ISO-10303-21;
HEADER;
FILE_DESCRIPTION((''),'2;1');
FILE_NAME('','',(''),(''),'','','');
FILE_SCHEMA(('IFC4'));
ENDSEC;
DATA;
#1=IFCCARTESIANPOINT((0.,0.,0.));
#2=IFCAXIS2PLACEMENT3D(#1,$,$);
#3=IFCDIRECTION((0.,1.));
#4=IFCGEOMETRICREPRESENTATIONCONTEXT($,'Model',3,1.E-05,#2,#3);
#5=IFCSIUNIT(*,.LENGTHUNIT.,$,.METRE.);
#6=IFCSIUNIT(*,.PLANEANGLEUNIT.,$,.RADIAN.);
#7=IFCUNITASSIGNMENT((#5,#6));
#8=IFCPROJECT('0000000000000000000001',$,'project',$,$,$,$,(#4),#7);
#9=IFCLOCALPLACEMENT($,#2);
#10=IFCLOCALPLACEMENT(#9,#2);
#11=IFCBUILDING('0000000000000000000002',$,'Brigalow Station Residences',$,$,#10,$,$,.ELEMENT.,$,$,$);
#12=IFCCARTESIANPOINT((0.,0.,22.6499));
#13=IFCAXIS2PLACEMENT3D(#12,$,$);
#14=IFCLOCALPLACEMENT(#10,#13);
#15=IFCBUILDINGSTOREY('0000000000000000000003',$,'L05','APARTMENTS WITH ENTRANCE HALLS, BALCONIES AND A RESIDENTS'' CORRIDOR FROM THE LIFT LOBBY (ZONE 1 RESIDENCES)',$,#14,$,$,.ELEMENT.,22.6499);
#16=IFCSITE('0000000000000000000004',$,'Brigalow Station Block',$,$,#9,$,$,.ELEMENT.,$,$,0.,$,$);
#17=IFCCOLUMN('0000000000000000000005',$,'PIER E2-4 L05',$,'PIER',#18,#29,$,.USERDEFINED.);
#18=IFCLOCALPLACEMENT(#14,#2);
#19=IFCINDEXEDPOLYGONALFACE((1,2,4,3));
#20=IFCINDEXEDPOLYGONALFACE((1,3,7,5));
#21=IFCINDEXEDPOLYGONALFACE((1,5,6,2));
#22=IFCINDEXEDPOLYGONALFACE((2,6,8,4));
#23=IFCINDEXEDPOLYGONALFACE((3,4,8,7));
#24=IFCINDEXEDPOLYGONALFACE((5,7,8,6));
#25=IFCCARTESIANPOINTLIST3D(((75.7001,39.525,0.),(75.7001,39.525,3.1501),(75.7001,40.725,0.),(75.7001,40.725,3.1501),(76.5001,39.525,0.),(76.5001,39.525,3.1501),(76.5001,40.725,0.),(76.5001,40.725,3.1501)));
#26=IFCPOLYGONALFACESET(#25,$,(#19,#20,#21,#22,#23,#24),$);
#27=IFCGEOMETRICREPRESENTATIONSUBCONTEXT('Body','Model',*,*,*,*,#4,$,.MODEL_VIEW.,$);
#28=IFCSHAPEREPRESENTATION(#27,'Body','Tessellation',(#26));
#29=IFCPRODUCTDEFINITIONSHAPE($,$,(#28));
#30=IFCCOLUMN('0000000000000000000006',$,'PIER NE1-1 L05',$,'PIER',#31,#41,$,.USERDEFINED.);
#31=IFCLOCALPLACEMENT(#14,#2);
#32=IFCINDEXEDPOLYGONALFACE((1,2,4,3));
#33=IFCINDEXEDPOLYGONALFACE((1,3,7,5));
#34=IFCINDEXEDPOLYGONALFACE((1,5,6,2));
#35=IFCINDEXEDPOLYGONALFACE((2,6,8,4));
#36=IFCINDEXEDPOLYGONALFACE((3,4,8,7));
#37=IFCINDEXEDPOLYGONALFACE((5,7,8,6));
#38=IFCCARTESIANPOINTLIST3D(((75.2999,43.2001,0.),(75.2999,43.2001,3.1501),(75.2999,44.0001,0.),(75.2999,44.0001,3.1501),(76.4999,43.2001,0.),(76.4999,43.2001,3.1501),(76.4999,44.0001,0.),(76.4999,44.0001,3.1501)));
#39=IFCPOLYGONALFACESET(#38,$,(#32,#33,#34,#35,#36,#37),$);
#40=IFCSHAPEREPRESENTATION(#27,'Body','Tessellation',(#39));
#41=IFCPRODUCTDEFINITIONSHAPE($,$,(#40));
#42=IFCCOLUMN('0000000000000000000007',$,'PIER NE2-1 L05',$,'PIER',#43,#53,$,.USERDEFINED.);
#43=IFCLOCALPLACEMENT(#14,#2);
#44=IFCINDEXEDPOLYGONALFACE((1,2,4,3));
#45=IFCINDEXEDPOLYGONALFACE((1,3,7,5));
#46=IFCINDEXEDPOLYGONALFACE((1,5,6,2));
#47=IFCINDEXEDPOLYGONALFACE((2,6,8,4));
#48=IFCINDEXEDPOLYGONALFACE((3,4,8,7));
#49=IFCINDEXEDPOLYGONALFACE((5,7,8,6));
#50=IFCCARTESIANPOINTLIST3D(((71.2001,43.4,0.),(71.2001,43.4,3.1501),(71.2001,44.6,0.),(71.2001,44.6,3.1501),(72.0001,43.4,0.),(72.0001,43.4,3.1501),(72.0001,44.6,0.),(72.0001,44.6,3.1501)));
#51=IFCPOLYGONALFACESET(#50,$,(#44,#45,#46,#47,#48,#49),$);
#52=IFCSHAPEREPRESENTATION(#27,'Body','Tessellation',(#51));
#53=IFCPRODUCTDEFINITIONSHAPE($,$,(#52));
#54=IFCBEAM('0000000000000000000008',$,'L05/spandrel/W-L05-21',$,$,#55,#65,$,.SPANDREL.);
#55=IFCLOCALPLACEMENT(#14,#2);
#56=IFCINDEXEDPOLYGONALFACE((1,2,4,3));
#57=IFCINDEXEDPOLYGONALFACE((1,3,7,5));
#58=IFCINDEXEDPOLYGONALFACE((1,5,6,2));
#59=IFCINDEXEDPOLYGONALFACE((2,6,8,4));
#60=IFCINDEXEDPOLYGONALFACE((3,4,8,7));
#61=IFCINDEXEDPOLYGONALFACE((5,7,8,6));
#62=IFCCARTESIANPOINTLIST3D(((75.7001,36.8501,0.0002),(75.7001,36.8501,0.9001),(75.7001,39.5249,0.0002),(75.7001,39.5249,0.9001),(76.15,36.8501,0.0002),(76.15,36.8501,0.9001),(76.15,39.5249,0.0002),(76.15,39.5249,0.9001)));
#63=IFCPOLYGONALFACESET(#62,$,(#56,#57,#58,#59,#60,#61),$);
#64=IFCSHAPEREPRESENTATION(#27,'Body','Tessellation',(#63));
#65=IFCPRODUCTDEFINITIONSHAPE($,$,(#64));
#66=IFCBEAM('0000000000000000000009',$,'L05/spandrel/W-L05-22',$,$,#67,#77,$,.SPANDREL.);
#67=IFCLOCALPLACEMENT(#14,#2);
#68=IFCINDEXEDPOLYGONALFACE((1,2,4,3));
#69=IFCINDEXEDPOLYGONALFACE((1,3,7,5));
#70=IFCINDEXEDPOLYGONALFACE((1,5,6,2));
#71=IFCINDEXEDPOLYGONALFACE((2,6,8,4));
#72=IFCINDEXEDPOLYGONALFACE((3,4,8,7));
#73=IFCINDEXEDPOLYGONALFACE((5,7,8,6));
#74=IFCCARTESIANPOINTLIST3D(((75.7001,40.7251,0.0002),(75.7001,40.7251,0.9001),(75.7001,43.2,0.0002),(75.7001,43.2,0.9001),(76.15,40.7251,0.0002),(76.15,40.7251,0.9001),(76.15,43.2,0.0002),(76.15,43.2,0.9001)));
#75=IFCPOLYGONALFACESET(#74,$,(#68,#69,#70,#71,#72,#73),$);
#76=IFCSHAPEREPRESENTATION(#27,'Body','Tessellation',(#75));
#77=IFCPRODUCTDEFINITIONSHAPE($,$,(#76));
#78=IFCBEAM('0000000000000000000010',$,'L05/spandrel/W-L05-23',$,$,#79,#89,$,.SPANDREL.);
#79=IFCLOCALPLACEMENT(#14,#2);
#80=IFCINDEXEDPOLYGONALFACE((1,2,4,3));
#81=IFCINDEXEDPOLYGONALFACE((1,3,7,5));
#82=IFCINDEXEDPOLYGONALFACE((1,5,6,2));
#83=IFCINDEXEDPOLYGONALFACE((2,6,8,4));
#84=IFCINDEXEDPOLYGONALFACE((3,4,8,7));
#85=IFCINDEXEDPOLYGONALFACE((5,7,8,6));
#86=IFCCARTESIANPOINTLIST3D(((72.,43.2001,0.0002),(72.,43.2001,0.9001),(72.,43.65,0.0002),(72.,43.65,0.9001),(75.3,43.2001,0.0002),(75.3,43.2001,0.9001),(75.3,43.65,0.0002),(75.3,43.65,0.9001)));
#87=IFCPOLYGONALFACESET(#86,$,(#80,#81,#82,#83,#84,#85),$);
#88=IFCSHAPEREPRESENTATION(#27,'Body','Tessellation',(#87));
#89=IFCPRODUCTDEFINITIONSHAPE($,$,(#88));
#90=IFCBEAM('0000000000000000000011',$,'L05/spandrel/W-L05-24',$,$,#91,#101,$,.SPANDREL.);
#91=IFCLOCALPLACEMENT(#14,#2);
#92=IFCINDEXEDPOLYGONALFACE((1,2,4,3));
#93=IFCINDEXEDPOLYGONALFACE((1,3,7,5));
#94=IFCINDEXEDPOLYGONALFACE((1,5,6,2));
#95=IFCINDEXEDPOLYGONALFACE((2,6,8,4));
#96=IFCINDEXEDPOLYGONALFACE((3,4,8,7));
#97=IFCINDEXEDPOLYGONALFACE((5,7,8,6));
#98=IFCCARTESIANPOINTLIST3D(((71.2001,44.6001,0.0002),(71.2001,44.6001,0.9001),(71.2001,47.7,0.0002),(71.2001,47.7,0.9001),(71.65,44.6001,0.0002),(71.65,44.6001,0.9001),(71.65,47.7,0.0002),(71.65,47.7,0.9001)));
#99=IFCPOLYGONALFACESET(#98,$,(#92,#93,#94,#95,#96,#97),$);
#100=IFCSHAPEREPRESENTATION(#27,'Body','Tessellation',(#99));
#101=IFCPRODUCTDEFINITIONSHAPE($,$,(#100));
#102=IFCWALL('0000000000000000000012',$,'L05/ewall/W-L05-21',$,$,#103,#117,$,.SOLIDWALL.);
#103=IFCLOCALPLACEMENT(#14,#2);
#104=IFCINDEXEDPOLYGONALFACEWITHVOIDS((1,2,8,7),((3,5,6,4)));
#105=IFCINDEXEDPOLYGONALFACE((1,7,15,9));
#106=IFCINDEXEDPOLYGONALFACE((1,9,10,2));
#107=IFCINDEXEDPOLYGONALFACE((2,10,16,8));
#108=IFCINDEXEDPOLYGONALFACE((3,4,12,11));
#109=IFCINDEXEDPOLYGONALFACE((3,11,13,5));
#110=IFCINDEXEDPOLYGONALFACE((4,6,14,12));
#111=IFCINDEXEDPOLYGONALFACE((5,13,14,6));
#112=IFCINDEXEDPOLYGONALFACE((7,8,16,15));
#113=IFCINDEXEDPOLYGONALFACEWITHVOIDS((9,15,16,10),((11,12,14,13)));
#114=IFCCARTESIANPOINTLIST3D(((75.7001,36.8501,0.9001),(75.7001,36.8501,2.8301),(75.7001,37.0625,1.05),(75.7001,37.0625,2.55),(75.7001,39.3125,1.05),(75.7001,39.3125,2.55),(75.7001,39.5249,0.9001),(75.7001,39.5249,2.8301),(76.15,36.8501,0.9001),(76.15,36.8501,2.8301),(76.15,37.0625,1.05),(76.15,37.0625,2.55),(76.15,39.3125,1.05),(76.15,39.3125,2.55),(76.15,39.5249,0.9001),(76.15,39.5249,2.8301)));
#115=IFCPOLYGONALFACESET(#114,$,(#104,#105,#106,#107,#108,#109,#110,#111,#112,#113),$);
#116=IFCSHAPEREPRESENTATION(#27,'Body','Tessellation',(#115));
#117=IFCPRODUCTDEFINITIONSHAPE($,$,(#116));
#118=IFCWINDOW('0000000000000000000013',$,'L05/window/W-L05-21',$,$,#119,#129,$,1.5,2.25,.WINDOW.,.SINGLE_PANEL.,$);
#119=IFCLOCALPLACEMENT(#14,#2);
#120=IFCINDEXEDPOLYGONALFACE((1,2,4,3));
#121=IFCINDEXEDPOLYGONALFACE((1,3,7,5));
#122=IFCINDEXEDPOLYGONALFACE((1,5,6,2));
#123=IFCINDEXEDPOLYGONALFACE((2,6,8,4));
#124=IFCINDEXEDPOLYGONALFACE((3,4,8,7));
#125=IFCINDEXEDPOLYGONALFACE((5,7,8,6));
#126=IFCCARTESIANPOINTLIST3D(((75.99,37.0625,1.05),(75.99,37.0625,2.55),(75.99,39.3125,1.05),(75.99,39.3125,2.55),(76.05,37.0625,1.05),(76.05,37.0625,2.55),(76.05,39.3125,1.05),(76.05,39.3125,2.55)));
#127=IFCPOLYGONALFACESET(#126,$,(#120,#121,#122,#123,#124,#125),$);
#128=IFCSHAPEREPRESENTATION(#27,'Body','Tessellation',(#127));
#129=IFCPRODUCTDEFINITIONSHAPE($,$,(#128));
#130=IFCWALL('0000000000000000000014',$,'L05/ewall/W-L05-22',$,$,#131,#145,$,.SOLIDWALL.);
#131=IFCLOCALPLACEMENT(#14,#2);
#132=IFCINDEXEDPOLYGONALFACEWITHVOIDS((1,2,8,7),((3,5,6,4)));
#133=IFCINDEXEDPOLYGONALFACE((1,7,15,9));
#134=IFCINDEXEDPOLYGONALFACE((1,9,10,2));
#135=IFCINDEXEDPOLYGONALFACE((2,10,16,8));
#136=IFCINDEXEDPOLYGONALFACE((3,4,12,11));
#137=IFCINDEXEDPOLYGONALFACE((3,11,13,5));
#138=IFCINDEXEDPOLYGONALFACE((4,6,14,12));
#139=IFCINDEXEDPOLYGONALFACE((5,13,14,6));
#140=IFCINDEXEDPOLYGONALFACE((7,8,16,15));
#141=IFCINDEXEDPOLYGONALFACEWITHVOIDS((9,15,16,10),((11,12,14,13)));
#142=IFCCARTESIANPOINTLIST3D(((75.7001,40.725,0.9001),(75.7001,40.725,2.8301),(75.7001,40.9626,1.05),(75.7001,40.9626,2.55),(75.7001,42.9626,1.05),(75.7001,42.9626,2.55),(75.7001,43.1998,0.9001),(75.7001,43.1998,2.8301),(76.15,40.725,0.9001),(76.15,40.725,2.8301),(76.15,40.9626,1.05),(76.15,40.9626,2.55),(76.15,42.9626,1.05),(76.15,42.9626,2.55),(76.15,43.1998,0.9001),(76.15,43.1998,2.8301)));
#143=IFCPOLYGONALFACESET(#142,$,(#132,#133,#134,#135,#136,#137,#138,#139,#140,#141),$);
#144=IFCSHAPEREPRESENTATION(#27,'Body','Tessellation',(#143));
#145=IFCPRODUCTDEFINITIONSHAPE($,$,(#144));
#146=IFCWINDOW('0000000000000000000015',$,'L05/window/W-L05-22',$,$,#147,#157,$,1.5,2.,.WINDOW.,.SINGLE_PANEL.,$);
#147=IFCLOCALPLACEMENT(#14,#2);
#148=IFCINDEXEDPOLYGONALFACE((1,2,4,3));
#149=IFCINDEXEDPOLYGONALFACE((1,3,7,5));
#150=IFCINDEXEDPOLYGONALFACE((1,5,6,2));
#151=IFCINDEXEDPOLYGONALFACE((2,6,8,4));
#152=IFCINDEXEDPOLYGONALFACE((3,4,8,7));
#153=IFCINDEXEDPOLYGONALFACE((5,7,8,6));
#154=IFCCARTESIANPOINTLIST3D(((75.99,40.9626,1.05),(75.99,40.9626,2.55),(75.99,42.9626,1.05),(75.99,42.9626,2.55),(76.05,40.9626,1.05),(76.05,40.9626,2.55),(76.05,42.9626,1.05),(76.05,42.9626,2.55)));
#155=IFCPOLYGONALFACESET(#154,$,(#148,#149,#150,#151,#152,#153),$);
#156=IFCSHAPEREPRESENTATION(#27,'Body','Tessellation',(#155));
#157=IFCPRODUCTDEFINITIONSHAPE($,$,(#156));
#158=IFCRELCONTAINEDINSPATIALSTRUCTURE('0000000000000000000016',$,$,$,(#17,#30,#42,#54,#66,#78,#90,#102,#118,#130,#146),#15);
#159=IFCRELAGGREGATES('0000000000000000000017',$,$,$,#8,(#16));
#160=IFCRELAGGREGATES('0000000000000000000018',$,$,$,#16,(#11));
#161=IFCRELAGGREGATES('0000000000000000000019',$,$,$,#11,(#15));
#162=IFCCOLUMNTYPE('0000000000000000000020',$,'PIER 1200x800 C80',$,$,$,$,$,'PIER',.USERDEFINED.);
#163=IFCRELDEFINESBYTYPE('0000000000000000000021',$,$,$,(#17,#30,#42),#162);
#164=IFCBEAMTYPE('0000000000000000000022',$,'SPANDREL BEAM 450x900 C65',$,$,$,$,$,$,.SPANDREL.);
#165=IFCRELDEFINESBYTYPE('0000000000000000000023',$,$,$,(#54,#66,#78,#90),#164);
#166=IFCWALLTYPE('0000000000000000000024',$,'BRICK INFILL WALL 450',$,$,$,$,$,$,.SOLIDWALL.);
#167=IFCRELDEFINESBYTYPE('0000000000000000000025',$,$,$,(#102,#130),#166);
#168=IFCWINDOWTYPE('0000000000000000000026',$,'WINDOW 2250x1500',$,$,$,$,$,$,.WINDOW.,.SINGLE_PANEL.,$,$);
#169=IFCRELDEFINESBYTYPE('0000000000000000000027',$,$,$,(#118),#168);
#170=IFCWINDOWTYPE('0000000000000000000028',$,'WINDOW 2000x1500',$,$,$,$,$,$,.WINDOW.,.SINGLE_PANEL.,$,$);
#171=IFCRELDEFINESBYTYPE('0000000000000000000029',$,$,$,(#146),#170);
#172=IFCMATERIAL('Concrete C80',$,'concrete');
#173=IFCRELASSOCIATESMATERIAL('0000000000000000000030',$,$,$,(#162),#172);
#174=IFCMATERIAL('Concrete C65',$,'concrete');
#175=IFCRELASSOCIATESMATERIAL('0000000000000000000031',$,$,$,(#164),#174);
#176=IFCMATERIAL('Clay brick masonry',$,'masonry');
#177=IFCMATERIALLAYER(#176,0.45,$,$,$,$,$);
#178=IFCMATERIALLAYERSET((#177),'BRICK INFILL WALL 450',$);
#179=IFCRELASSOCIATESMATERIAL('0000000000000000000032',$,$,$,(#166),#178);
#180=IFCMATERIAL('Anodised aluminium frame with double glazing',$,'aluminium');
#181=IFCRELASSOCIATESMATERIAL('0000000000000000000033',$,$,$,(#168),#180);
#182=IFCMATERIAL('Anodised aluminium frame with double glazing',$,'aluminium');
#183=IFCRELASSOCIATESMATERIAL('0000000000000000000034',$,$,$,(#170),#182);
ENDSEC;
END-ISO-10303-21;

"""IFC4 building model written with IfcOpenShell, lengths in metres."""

from ifc_helpers import new_model, si_unit, direction, frame, frame_2d, origin, origin_2d, place, context, subcontext, project, spatial, rectangle, extrude, material, layer, layer_set, material_profile, profile_set, type_object, element, fill, save


model = new_model("IFC4")

# Units and contexts
model_context = context("Model", 3, precision=1e-05, world=origin(), true_north=direction((0.0, 1.0)))
body_context = subcontext(model_context, "Body", "Model", "MODEL_VIEW")
ifc_project = project(units=[si_unit("LENGTHUNIT", "METRE"), si_unit("PLANEANGLEUNIT", "RADIAN")], contexts=[model_context])

# Site, building, storey
site_placement = place(None, origin())
site = spatial("IfcSite", under=ifc_project, at=site_placement, Name="Brigalow Station Block", CompositionType="ELEMENT", RefElevation=0.0)
building_placement = place(site_placement, origin())
building = spatial("IfcBuilding", under=site, at=building_placement, Name="Brigalow Station Residences", CompositionType="ELEMENT")
storey_placement = place(building_placement, frame((0.0, 0.0, 22.6499)))
storey = spatial("IfcBuildingStorey", under=building, at=storey_placement, Name="L05", Description="APARTMENTS WITH ENTRANCE HALLS, BALCONIES AND A RESIDENTS' CORRIDOR FROM THE LIFT LOBBY (ZONE 1 RESIDENCES)", CompositionType="ELEMENT", Elevation=22.6499)

# Columns
ifc_material_1 = material(Name="Concrete C80", Category="concrete")
ifc_material_profile_1 = material_profile(ifc_material_1, rectangle(XDim=1.2, YDim=0.8, at=origin_2d()), Name="RC1200x800")
ifc_profile_set_1 = profile_set([ifc_material_profile_1], Name="Concrete C80")
column_type = type_object("IfcColumnType", Name="PIER 1200x800 C80", ElementType="PIER", PredefinedType="USERDEFINED", material=ifc_profile_set_1)
for number, where, z_axis, x_axis, name in (
    (1, (76.1001, 40.125, 0.0), (0.0, 0.0, 1.0), (0.0, 1.0, 0.0), "PIER E2-4 L05"),
    (2, (75.8999, 43.6001, 0.0), (0.0, 0.0, 1.0), (-1.0, 0.0, 0.0), "PIER NE1-1 L05"),
    (3, (71.6001, 44.0, 0.0), (0.0, 0.0, 1.0), (0.0, 1.0, 0.0), "PIER NE2-1 L05"),
):
    element("IfcColumn", number, at=place(storey_placement, frame(where, z_axis=z_axis, x_axis=x_axis)), inside=storey, type_object=column_type, Name=name, ObjectType="PIER", PredefinedType="USERDEFINED", context=body_context, shape_type="SweptSolid", body=[
        extrude(rectangle(XDim=1.2, YDim=0.8, at=origin_2d()), origin(), (0.0, 0.0, 1.0), 3.1501),
    ])

# Beams
ifc_material_2 = material(Name="Concrete C65", Category="concrete")
ifc_material_profile_2 = material_profile(ifc_material_2, rectangle(XDim=0.45, YDim=0.8999, at=origin_2d()), Name="RC450x900")
ifc_profile_set_2 = profile_set([ifc_material_profile_2], Name="Concrete C65")
beam_type = type_object("IfcBeamType", Name="SPANDREL BEAM 450x900 C65", PredefinedType="SPANDREL", material=ifc_profile_set_2)
beam_1_placement = place(storey_placement, frame((75.925, 36.8501, 0.4502), z_axis=(0.0, 1.0, 0.0), x_axis=(-1.0, 0.0, 0.0)))
element("IfcBeam", 4, at=beam_1_placement, inside=storey, type_object=beam_type, Name="L05/spandrel/W-L05-21", PredefinedType="SPANDREL", context=body_context, shape_type="SweptSolid", body=[
    extrude(rectangle(XDim=0.45, YDim=0.8999, at=origin_2d()), origin(), (0.0, 0.0, 1.0), 2.6748),
])
beam_2_placement = place(storey_placement, frame((75.925, 40.7251, 0.4502), z_axis=(0.0, 1.0, 0.0), x_axis=(-1.0, 0.0, 0.0)))
element("IfcBeam", 5, at=beam_2_placement, inside=storey, type_object=beam_type, Name="L05/spandrel/W-L05-22", PredefinedType="SPANDREL", context=body_context, shape_type="SweptSolid", body=[
    extrude(rectangle(XDim=0.45, YDim=0.8999, at=origin_2d()), origin(), (0.0, 0.0, 1.0), 2.4749),
])
beam_3_placement = place(storey_placement, frame((75.3, 43.425, 0.4502), z_axis=(-1.0, 0.0, 0.0), x_axis=(0.0, -1.0, 0.0)))
element("IfcBeam", 6, at=beam_3_placement, inside=storey, type_object=beam_type, Name="L05/spandrel/W-L05-23", PredefinedType="SPANDREL", context=body_context, shape_type="SweptSolid", body=[
    extrude(rectangle(XDim=0.45, YDim=0.8999, at=origin_2d()), origin(), (0.0, 0.0, 1.0), 3.3),
])
beam_4_placement = place(storey_placement, frame((71.425, 44.6001, 0.4502), z_axis=(0.0, 1.0, 0.0), x_axis=(-1.0, 0.0, 0.0)))
element("IfcBeam", 7, at=beam_4_placement, inside=storey, type_object=beam_type, Name="L05/spandrel/W-L05-24", PredefinedType="SPANDREL", context=body_context, shape_type="SweptSolid", body=[
    extrude(rectangle(XDim=0.45, YDim=0.8999, at=origin_2d()), origin(), (0.0, 0.0, 1.0), 3.0999),
])

# Walls, openings, windows
ifc_material_3 = material(Name="Clay brick masonry", Category="masonry")
ifc_layer_1 = layer(ifc_material_3, 0.45)
ifc_layer_set_1 = layer_set([ifc_layer_1], Name="BRICK INFILL WALL 450")
wall_type_1 = type_object("IfcWallType", Name="BRICK INFILL WALL 450", PredefinedType="SOLIDWALL", material=ifc_layer_set_1)
wall_1_placement = place(storey_placement, frame((75.925, 36.8501, 0.9001), z_axis=(0.0, 0.0, 1.0), x_axis=(0.0, 1.0, 0.0)))
wall_1 = element("IfcWall", 8, at=wall_1_placement, inside=storey, type_object=wall_type_1, Name="L05/ewall/W-L05-21", PredefinedType="SOLIDWALL", context=body_context, shape_type="SweptSolid", body=[
    extrude(rectangle(XDim=2.6748, YDim=0.45, at=frame_2d((1.3374, 0.0))), origin(), (0.0, 0.0, 1.0), 1.9299),
])
opening_1_placement = place(wall_1_placement, frame((0.2124, 0.0, 0.1499)))
opening_1 = element("IfcOpeningElement", 9, at=opening_1_placement, cuts=wall_1, PredefinedType="OPENING", context=body_context, shape_type="SweptSolid", body=[
    extrude(rectangle(XDim=2.25, YDim=1.5, at=frame_2d((1.125, 0.75))), frame((0.0, 0.2349, 0.0), z_axis=(0.0, -1.0, 0.0), x_axis=(1.0, 0.0, 0.0)), (0.0, 0.0, 1.0), 0.47),
])
ifc_material_4 = material(Name="Anodised aluminium frame with double glazing", Category="aluminium")
window_type_1 = type_object("IfcWindowType", Name="WINDOW 2250x1500", PartitioningType="SINGLE_PANEL", PredefinedType="WINDOW", material=ifc_material_4)
window_1_placement = place(opening_1_placement, origin())
window_1 = element("IfcWindow", 10, at=window_1_placement, inside=storey, type_object=window_type_1, Name="L05/window/W-L05-21", OverallHeight=1.5, OverallWidth=2.25, PartitioningType="SINGLE_PANEL", PredefinedType="WINDOW", context=body_context, shape_type="SweptSolid", body=[
    extrude(rectangle(XDim=2.25, YDim=1.5, at=frame_2d((1.125, 0.75))), frame((0.0, -0.0649, 0.0), z_axis=(0.0, -1.0, 0.0), x_axis=(1.0, 0.0, 0.0)), (0.0, 0.0, 1.0), 0.0601),
])
fill(opening_1, window_1)
wall_2_placement = place(storey_placement, frame((75.925, 40.7251, 0.9001), z_axis=(0.0, 0.0, 1.0), x_axis=(0.0, 1.0, 0.0)))
wall_2 = element("IfcWall", 11, at=wall_2_placement, inside=storey, type_object=wall_type_1, Name="L05/ewall/W-L05-22", PredefinedType="SOLIDWALL", context=body_context, shape_type="SweptSolid", body=[
    extrude(rectangle(XDim=2.4749, YDim=0.45, at=frame_2d((1.2373, 0.0))), origin(), (0.0, 0.0, 1.0), 1.9299),
])
opening_2_placement = place(wall_2_placement, frame((0.2375, 0.0, 0.1499)))
opening_2 = element("IfcOpeningElement", 12, at=opening_2_placement, cuts=wall_2, PredefinedType="OPENING", context=body_context, shape_type="SweptSolid", body=[
    extrude(rectangle(XDim=2.0, YDim=1.5, at=frame_2d((1.0, 0.75))), frame((0.0, 0.2349, 0.0), z_axis=(0.0, -1.0, 0.0), x_axis=(1.0, 0.0, 0.0)), (0.0, 0.0, 1.0), 0.47),
])
ifc_material_5 = material(Name="Anodised aluminium frame with double glazing", Category="aluminium")
window_type_2 = type_object("IfcWindowType", Name="WINDOW 2000x1500", PartitioningType="SINGLE_PANEL", PredefinedType="WINDOW", material=ifc_material_5)
window_2_placement = place(opening_2_placement, origin())
window_2 = element("IfcWindow", 13, at=window_2_placement, inside=storey, type_object=window_type_2, Name="L05/window/W-L05-22", OverallHeight=1.5, OverallWidth=2.0, PartitioningType="SINGLE_PANEL", PredefinedType="WINDOW", context=body_context, shape_type="SweptSolid", body=[
    extrude(rectangle(XDim=2.0, YDim=1.5, at=frame_2d((1.0, 0.75))), frame((0.0, -0.0649, 0.0), z_axis=(0.0, -1.0, 0.0), x_axis=(1.0, 0.0, 0.0)), (0.0, 0.0, 1.0), 0.0601),
])
fill(opening_2, window_2)

save(model, "model.ifc")
